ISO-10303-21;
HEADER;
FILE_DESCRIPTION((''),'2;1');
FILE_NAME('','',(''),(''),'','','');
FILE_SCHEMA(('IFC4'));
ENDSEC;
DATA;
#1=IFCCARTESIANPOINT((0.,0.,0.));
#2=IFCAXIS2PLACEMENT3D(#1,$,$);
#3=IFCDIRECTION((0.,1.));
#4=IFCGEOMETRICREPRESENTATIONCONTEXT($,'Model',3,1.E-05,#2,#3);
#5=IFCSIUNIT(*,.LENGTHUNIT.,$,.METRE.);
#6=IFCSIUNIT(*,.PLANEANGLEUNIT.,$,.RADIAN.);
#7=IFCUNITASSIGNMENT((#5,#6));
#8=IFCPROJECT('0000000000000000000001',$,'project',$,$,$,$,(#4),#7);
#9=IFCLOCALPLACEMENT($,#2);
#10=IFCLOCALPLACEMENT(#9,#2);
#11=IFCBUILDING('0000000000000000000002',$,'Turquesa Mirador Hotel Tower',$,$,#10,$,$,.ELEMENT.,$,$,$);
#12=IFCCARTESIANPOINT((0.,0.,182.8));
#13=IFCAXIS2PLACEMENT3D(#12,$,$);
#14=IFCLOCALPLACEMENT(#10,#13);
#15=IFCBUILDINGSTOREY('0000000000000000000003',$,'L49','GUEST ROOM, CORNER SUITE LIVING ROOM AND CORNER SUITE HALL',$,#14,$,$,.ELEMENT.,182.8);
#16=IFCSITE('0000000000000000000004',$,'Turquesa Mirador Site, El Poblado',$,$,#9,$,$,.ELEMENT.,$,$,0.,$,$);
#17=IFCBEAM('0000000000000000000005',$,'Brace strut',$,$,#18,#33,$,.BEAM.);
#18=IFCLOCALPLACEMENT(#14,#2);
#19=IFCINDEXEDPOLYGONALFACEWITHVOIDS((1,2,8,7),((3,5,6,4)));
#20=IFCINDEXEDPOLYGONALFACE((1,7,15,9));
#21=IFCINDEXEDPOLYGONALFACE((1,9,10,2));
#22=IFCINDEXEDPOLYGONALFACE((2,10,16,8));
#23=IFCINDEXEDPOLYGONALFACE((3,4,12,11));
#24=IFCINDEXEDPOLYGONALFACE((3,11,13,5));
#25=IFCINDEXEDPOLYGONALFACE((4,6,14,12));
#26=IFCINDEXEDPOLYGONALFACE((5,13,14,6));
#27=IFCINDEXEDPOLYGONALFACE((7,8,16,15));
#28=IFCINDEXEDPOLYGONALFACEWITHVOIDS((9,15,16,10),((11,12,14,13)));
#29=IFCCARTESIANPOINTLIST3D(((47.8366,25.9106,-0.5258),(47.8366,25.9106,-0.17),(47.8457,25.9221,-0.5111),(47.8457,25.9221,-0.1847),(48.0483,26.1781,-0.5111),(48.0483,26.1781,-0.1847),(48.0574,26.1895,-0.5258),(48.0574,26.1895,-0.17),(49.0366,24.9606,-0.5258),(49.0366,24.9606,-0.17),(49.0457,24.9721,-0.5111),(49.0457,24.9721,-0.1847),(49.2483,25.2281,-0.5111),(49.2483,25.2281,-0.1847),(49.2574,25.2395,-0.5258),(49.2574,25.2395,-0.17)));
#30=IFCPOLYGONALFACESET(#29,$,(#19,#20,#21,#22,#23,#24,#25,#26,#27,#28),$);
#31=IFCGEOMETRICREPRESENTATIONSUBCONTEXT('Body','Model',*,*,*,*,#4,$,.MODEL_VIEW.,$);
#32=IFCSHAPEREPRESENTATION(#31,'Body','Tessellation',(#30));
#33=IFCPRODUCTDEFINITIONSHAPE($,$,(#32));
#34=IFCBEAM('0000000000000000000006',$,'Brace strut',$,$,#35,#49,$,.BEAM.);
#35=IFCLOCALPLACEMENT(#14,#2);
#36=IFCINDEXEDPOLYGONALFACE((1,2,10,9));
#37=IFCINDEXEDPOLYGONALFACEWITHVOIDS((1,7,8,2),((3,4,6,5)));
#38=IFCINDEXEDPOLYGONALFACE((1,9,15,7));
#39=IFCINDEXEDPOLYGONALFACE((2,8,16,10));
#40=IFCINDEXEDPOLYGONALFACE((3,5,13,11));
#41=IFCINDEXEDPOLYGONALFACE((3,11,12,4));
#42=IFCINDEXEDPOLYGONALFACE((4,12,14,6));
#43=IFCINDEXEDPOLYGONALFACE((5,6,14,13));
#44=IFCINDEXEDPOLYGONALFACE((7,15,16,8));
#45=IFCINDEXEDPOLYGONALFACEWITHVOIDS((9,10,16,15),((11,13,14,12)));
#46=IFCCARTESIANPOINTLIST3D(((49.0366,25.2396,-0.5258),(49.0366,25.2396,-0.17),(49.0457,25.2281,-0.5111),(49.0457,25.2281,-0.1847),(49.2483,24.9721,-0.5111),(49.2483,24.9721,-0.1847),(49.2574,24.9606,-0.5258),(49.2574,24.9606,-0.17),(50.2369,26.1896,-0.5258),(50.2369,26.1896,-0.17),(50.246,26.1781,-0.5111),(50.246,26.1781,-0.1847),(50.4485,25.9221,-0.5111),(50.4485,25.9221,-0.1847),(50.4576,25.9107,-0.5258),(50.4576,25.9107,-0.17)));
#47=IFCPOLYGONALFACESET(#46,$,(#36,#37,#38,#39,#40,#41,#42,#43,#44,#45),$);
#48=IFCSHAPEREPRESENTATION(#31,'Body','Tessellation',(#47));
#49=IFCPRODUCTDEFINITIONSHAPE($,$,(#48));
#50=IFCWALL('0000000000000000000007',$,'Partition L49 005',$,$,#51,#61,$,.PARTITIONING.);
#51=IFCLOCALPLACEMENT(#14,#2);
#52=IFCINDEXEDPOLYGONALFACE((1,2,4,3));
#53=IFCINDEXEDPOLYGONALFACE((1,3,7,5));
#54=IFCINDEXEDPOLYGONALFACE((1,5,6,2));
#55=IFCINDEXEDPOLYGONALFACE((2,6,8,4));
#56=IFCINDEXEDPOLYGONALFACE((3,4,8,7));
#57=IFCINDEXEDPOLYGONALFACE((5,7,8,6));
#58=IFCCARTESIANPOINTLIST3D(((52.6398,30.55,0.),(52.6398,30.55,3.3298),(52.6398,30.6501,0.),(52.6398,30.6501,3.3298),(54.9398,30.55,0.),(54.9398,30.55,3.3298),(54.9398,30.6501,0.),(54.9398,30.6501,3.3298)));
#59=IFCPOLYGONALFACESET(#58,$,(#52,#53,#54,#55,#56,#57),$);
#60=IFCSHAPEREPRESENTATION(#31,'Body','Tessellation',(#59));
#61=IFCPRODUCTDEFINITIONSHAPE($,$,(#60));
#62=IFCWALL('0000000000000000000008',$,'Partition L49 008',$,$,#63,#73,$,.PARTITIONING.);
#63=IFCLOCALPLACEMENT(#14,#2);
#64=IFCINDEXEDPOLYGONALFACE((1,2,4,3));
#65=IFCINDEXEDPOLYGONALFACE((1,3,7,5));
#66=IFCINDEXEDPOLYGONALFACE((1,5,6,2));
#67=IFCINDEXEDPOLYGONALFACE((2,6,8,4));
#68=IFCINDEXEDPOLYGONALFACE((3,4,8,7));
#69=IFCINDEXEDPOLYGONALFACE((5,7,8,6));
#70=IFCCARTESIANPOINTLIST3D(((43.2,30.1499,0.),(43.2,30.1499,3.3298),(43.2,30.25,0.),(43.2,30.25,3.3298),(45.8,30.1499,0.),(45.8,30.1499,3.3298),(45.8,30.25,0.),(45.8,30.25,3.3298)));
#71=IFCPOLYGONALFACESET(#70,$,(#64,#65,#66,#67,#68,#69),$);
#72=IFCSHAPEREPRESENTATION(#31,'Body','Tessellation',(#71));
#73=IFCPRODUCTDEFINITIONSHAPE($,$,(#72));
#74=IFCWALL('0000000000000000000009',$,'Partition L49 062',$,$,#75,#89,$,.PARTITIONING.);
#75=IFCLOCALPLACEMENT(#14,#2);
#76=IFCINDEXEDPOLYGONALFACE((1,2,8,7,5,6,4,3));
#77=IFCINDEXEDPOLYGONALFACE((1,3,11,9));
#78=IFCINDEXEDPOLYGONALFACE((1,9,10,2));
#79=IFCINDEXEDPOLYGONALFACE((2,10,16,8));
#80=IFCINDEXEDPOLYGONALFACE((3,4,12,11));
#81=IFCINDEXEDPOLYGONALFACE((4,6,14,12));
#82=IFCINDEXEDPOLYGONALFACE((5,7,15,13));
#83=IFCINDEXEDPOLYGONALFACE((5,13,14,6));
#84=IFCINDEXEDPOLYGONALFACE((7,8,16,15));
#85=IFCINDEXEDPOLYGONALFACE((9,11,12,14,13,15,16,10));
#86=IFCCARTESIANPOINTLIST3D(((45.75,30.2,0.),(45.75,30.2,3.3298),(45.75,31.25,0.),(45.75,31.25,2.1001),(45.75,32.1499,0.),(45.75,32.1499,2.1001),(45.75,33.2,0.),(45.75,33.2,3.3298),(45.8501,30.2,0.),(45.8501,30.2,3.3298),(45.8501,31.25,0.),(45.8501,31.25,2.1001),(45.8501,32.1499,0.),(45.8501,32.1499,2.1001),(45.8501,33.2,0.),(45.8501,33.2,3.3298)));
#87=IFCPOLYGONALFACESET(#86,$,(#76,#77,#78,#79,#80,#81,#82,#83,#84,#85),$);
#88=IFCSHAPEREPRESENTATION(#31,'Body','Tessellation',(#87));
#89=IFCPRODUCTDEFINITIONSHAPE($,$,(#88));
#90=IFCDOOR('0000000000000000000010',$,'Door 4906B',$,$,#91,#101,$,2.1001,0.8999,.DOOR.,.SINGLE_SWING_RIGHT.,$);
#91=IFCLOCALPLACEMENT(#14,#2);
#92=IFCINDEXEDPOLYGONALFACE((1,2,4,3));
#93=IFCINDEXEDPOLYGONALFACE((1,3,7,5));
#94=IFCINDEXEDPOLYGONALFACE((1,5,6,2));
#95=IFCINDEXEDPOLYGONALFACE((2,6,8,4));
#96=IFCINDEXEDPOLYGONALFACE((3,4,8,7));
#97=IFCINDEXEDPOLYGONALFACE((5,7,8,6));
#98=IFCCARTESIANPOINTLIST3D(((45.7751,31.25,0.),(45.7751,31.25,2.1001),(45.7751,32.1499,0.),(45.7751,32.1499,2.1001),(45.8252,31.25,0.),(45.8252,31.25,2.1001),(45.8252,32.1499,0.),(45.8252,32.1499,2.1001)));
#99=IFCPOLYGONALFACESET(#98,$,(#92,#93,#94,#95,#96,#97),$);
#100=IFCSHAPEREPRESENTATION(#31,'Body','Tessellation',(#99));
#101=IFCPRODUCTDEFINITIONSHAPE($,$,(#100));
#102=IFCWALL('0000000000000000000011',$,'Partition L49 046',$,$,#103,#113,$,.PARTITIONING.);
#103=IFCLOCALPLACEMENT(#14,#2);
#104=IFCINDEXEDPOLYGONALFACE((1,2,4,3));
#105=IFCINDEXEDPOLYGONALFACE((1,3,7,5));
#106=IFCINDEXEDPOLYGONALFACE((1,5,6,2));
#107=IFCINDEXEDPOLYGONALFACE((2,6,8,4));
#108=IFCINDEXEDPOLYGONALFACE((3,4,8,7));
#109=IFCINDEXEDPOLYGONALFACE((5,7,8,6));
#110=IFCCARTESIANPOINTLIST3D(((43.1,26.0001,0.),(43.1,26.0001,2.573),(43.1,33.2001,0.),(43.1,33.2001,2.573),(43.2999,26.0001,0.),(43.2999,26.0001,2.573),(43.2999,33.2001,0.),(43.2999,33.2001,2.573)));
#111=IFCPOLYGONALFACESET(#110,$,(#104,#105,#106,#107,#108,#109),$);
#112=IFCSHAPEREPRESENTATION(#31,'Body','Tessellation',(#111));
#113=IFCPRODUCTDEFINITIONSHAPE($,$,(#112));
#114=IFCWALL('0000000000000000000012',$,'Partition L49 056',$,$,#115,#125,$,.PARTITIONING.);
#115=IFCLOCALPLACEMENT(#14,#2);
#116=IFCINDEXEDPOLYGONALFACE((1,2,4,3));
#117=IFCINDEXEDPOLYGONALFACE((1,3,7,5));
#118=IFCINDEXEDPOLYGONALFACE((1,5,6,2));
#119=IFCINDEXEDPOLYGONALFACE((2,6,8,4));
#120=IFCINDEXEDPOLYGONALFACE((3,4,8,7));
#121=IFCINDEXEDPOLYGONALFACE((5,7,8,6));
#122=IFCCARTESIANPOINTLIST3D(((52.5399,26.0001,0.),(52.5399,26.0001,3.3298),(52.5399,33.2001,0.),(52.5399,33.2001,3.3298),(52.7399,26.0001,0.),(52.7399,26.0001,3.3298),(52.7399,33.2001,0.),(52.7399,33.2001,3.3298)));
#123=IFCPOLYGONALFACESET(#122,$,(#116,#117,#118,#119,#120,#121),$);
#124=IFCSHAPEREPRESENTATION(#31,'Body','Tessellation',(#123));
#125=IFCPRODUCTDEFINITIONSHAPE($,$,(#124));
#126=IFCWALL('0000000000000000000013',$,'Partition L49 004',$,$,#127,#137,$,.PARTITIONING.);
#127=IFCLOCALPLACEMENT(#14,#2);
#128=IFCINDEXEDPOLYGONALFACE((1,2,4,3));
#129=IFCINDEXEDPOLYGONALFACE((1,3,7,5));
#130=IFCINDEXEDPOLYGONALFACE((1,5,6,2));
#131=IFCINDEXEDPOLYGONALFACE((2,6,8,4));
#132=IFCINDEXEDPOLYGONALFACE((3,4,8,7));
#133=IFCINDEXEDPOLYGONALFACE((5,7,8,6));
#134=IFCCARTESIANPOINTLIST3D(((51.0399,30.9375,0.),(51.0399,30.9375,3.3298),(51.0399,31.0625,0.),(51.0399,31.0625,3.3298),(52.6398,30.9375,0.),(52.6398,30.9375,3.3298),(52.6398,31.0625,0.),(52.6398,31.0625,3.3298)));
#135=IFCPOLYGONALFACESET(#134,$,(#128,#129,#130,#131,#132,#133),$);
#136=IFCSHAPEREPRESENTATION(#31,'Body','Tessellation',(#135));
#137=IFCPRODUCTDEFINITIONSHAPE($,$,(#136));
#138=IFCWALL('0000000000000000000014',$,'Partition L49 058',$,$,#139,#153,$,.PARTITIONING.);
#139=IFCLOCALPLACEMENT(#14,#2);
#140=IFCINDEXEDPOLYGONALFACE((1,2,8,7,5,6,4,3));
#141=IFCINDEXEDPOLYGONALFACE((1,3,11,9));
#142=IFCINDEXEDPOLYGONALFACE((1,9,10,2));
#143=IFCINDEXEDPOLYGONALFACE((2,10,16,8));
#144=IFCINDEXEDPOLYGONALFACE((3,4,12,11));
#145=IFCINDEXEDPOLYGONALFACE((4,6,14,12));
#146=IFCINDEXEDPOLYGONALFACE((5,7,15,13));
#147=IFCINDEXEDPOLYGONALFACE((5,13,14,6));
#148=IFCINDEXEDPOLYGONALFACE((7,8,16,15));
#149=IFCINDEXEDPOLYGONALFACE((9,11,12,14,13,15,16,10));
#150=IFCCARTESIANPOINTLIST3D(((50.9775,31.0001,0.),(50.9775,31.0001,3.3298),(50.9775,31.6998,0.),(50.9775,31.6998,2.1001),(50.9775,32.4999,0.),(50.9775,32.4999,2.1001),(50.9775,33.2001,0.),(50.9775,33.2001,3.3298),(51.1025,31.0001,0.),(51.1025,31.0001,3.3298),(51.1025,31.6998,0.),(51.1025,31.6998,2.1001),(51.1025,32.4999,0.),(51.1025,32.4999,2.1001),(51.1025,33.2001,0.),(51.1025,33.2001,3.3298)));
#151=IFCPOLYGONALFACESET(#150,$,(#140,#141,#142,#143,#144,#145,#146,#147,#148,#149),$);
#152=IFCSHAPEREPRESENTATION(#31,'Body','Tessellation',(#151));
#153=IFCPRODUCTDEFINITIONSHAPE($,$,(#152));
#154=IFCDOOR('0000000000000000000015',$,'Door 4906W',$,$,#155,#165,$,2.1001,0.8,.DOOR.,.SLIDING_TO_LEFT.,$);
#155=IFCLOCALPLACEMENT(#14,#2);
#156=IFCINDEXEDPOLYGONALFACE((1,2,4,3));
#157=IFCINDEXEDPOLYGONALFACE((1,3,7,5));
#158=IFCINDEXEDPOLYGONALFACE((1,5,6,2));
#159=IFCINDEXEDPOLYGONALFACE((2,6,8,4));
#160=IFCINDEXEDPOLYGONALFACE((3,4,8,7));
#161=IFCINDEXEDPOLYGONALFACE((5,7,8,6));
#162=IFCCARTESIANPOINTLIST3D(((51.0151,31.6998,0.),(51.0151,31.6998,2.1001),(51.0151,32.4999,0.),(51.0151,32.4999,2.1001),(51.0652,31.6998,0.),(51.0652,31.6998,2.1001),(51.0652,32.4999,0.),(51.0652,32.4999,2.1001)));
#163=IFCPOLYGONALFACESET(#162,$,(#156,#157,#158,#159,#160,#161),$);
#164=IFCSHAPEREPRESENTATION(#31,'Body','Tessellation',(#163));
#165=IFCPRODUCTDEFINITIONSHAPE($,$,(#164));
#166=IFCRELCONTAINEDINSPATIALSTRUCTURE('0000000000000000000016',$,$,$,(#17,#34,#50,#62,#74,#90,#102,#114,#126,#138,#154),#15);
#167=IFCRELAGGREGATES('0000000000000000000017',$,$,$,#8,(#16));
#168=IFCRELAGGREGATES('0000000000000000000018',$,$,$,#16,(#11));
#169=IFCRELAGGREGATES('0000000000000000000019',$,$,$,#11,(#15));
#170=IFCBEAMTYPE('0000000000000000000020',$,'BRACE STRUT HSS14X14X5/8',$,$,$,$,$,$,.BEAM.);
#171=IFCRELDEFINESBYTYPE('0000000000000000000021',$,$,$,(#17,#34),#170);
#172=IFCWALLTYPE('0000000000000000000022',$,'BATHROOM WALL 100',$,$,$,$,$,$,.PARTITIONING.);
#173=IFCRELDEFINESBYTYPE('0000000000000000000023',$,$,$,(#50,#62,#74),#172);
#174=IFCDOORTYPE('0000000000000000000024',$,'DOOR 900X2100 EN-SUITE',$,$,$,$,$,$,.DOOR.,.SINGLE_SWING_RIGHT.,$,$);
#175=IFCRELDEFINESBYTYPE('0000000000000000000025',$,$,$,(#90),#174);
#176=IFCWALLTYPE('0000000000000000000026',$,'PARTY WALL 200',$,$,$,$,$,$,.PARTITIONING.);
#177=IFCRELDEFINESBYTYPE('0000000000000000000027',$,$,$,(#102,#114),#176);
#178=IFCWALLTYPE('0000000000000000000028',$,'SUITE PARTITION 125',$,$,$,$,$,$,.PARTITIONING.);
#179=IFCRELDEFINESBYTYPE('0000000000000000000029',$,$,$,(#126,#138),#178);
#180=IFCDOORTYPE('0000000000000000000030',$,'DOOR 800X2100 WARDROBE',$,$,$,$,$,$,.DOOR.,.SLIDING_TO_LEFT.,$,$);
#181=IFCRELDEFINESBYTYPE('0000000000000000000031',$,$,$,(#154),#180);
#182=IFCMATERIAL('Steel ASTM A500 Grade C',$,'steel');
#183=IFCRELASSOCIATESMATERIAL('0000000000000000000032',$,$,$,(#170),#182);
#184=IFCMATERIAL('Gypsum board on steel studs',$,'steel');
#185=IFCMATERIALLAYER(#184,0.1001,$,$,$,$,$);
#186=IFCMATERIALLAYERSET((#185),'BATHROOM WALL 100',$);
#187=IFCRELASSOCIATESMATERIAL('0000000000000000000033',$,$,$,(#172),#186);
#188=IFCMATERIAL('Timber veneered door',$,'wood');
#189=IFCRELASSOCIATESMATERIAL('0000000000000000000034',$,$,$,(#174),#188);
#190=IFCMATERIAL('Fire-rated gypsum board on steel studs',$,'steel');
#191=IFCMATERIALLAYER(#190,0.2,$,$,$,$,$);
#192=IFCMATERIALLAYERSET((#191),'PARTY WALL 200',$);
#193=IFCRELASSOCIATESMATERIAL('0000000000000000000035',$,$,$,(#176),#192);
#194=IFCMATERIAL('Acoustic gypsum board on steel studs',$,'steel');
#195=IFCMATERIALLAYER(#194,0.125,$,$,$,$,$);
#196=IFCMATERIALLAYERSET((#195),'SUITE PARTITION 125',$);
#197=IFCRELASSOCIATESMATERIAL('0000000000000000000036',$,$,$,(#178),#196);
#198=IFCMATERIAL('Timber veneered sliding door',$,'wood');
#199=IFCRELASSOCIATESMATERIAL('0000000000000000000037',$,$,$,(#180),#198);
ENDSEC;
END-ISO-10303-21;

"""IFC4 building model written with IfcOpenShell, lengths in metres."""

from ifc_helpers import new_model, si_unit, direction, frame, frame_2d, origin, origin_2d, place, context, subcontext, project, spatial, rectangle, hollow_rectangle, extrude, material, layer, layer_set, material_profile, profile_set, type_object, element, fill, save


model = new_model("IFC4")

# Units and contexts
model_context = context("Model", 3, precision=1e-05, world=origin(), true_north=direction((0.0, 1.0)))
body_context = subcontext(model_context, "Body", "Model", "MODEL_VIEW")
ifc_project = project(units=[si_unit("LENGTHUNIT", "METRE"), si_unit("PLANEANGLEUNIT", "RADIAN")], contexts=[model_context])

# Site, building, storey
site_placement = place(None, origin())
site = spatial("IfcSite", under=ifc_project, at=site_placement, Name="Turquesa Mirador Site, El Poblado", CompositionType="ELEMENT", RefElevation=0.0)
building_placement = place(site_placement, origin())
building = spatial("IfcBuilding", under=site, at=building_placement, Name="Turquesa Mirador Hotel Tower", CompositionType="ELEMENT")
storey_placement = place(building_placement, frame((0.0, 0.0, 182.8)))
storey = spatial("IfcBuildingStorey", under=building, at=storey_placement, Name="L49", Description="GUEST ROOM, CORNER SUITE LIVING ROOM AND CORNER SUITE HALL", CompositionType="ELEMENT", Elevation=182.8)

# Beams
ifc_material_1 = material(Name="Steel ASTM A500 Grade C", Category="steel")
ifc_material_profile_1 = material_profile(ifc_material_1, hollow_rectangle(XDim=0.3557, YDim=0.3557, WallThickness=0.0146, at=origin_2d()), Name="HSS14X14X5/8")
ifc_profile_set_1 = profile_set([ifc_material_profile_1], Name="Steel ASTM A500 Grade C")
beam_type_1 = type_object("IfcBeamType", Name="BRACE STRUT HSS14X14X5/8", PredefinedType="BEAM", material=ifc_profile_set_1)
beam_1_placement = place(storey_placement, frame((49.147, 25.1001, -0.3479), z_axis=(-0.784049, 0.620699, 0.0), x_axis=(-0.620699, -0.784049, 0.0)))
element("IfcBeam", 1, at=beam_1_placement, inside=storey, type_object=beam_type_1, Name="Brace strut", PredefinedType="BEAM", context=body_context, shape_type="SweptSolid", body=[
    extrude(hollow_rectangle(XDim=0.3557, YDim=0.3557, WallThickness=0.0146, at=origin_2d()), origin(), (0.0, 0.0, 1.0), 1.5305),
])
beam_2_placement = place(storey_placement, frame((49.147, 25.1001, -0.3479), z_axis=(0.784111, 0.620621, 0.0), x_axis=(-0.620621, 0.784111, 0.0)))
element("IfcBeam", 2, at=beam_2_placement, inside=storey, type_object=beam_type_1, Name="Brace strut", PredefinedType="BEAM", context=body_context, shape_type="SweptSolid", body=[
    extrude(hollow_rectangle(XDim=0.3557, YDim=0.3557, WallThickness=0.0146, at=origin_2d()), origin(), (0.0, 0.0, 1.0), 1.5308),
])

# Walls
ifc_material_2 = material(Name="Gypsum board on steel studs", Category="steel")
ifc_layer_1 = layer(ifc_material_2, 0.1001)
ifc_layer_set_1 = layer_set([ifc_layer_1], Name="BATHROOM WALL 100")
wall_type_1 = type_object("IfcWallType", Name="BATHROOM WALL 100", PredefinedType="PARTITIONING", material=ifc_layer_set_1)
wall_1_placement = place(storey_placement, frame((52.6399, 30.6001, 0.0), z_axis=(0.0, 0.0, 1.0), x_axis=(1.0, 0.0, 0.0)))
element("IfcWall", 3, at=wall_1_placement, inside=storey, type_object=wall_type_1, Name="Partition L49 005", PredefinedType="PARTITIONING", context=body_context, shape_type="SweptSolid", body=[
    extrude(rectangle(XDim=2.3, YDim=0.1001, at=frame_2d((1.1499, 0.0))), origin(), (0.0, 0.0, 1.0), 3.3298),
])
wall_2_placement = place(storey_placement, frame((43.2, 30.2, 0.0), z_axis=(0.0, 0.0, 1.0), x_axis=(1.0, 0.0, 0.0)))
element("IfcWall", 4, at=wall_2_placement, inside=storey, type_object=wall_type_1, Name="Partition L49 008", PredefinedType="PARTITIONING", context=body_context, shape_type="SweptSolid", body=[
    extrude(rectangle(XDim=2.6001, YDim=0.1001, at=frame_2d((1.3, 0.0))), origin(), (0.0, 0.0, 1.0), 3.3298),
])

# Wall, opening, door
wall_3_placement = place(storey_placement, frame((45.8, 30.2, 0.0), z_axis=(0.0, 0.0, 1.0), x_axis=(0.0, 1.0, 0.0)))
wall_3 = element("IfcWall", 5, at=wall_3_placement, inside=storey, type_object=wall_type_1, Name="Partition L49 062", PredefinedType="PARTITIONING", context=body_context, shape_type="SweptSolid", body=[
    extrude(rectangle(XDim=3.0, YDim=0.1001, at=frame_2d((1.5, 0.0))), origin(), (0.0, 0.0, 1.0), 3.3298),
])
opening_1_placement = place(wall_3_placement, frame((1.05, 0.0, 0.0)))
opening_1 = element("IfcOpeningElement", 6, at=opening_1_placement, cuts=wall_3, PredefinedType="OPENING", context=body_context, shape_type="SweptSolid", body=[
    extrude(rectangle(XDim=0.8999, YDim=2.1001, at=frame_2d((0.45, 1.05))), frame((0.0, 0.0601, 0.0), z_axis=(0.0, -1.0, 0.0), x_axis=(1.0, 0.0, 0.0)), (0.0, 0.0, 1.0), 0.1201),
])
ifc_material_3 = material(Name="Timber veneered door", Category="wood")
door_type_1 = type_object("IfcDoorType", Name="DOOR 900X2100 EN-SUITE", OperationType="SINGLE_SWING_RIGHT", PredefinedType="DOOR", material=ifc_material_3)
door_1_placement = place(opening_1_placement, origin())
door_1 = element("IfcDoor", 7, at=door_1_placement, inside=storey, type_object=door_type_1, Name="Door 4906B", OperationType="SINGLE_SWING_RIGHT", OverallHeight=2.1001, OverallWidth=0.8999, PredefinedType="DOOR", context=body_context, shape_type="SweptSolid", body=[
    extrude(rectangle(XDim=0.8999, YDim=2.1001, at=frame_2d((0.45, 1.05))), frame((0.0, 0.0249, 0.0), z_axis=(0.0, -1.0, 0.0), x_axis=(1.0, 0.0, 0.0)), (0.0, 0.0, 1.0), 0.05),
])
fill(opening_1, door_1)

# Walls
ifc_material_4 = material(Name="Fire-rated gypsum board on steel studs", Category="steel")
ifc_layer_2 = layer(ifc_material_4, 0.2)
ifc_layer_set_2 = layer_set([ifc_layer_2], Name="PARTY WALL 200")
wall_type_2 = type_object("IfcWallType", Name="PARTY WALL 200", PredefinedType="PARTITIONING", material=ifc_layer_set_2)
wall_4_placement = place(storey_placement, frame((43.2, 26.0, 0.0), z_axis=(0.0, 0.0, 1.0), x_axis=(0.0, 1.0, 0.0)))
element("IfcWall", 8, at=wall_4_placement, inside=storey, type_object=wall_type_2, Name="Partition L49 046", PredefinedType="PARTITIONING", context=body_context, shape_type="SweptSolid", body=[
    extrude(rectangle(XDim=7.2, YDim=0.2, at=frame_2d((3.6001, 0.0))), origin(), (0.0, 0.0, 1.0), 2.573),
])
wall_5_placement = place(storey_placement, frame((52.6399, 26.0, 0.0), z_axis=(0.0, 0.0, 1.0), x_axis=(0.0, 1.0, 0.0)))
element("IfcWall", 9, at=wall_5_placement, inside=storey, type_object=wall_type_2, Name="Partition L49 056", PredefinedType="PARTITIONING", context=body_context, shape_type="SweptSolid", body=[
    extrude(rectangle(XDim=7.2, YDim=0.2, at=frame_2d((3.6001, 0.0))), origin(), (0.0, 0.0, 1.0), 3.3298),
])
ifc_material_5 = material(Name="Acoustic gypsum board on steel studs", Category="steel")
ifc_layer_3 = layer(ifc_material_5, 0.125)
ifc_layer_set_3 = layer_set([ifc_layer_3], Name="SUITE PARTITION 125")
wall_type_3 = type_object("IfcWallType", Name="SUITE PARTITION 125", PredefinedType="PARTITIONING", material=ifc_layer_set_3)
wall_6_placement = place(storey_placement, frame((51.04, 31.0, 0.0), z_axis=(0.0, 0.0, 1.0), x_axis=(1.0, 0.0, 0.0)))
element("IfcWall", 10, at=wall_6_placement, inside=storey, type_object=wall_type_3, Name="Partition L49 004", PredefinedType="PARTITIONING", context=body_context, shape_type="SweptSolid", body=[
    extrude(rectangle(XDim=1.5999, YDim=0.125, at=frame_2d((0.7998, 0.0))), origin(), (0.0, 0.0, 1.0), 3.3298),
])

# Wall, opening, door
wall_7_placement = place(storey_placement, frame((51.04, 31.0, 0.0), z_axis=(0.0, 0.0, 1.0), x_axis=(0.0, 1.0, 0.0)))
wall_7 = element("IfcWall", 11, at=wall_7_placement, inside=storey, type_object=wall_type_3, Name="Partition L49 058", PredefinedType="PARTITIONING", context=body_context, shape_type="SweptSolid", body=[
    extrude(rectangle(XDim=2.2, YDim=0.125, at=frame_2d((1.1001, 0.0))), origin(), (0.0, 0.0, 1.0), 3.3298),
])
opening_2_placement = place(wall_7_placement, frame((0.7, 0.0, 0.0)))
opening_2 = element("IfcOpeningElement", 12, at=opening_2_placement, cuts=wall_7, PredefinedType="OPENING", context=body_context, shape_type="SweptSolid", body=[
    extrude(rectangle(XDim=0.8, YDim=2.1001, at=frame_2d((0.3999, 1.05))), frame((0.0, 0.0725, 0.0), z_axis=(0.0, -1.0, 0.0), x_axis=(1.0, 0.0, 0.0)), (0.0, 0.0, 1.0), 0.145),
])
ifc_material_6 = material(Name="Timber veneered sliding door", Category="wood")
door_type_2 = type_object("IfcDoorType", Name="DOOR 800X2100 WARDROBE", OperationType="SLIDING_TO_LEFT", PredefinedType="DOOR", material=ifc_material_6)
door_2_placement = place(opening_2_placement, origin())
door_2 = element("IfcDoor", 13, at=door_2_placement, inside=storey, type_object=door_type_2, Name="Door 4906W", OperationType="SLIDING_TO_LEFT", OverallHeight=2.1001, OverallWidth=0.8, PredefinedType="DOOR", context=body_context, shape_type="SweptSolid", body=[
    extrude(rectangle(XDim=0.8, YDim=2.1001, at=frame_2d((0.3999, 1.05))), frame((0.0, 0.0249, 0.0), z_axis=(0.0, -1.0, 0.0), x_axis=(1.0, 0.0, 0.0)), (0.0, 0.0, 1.0), 0.05),
])
fill(opening_2, door_2)

save(model, "model.ifc")
